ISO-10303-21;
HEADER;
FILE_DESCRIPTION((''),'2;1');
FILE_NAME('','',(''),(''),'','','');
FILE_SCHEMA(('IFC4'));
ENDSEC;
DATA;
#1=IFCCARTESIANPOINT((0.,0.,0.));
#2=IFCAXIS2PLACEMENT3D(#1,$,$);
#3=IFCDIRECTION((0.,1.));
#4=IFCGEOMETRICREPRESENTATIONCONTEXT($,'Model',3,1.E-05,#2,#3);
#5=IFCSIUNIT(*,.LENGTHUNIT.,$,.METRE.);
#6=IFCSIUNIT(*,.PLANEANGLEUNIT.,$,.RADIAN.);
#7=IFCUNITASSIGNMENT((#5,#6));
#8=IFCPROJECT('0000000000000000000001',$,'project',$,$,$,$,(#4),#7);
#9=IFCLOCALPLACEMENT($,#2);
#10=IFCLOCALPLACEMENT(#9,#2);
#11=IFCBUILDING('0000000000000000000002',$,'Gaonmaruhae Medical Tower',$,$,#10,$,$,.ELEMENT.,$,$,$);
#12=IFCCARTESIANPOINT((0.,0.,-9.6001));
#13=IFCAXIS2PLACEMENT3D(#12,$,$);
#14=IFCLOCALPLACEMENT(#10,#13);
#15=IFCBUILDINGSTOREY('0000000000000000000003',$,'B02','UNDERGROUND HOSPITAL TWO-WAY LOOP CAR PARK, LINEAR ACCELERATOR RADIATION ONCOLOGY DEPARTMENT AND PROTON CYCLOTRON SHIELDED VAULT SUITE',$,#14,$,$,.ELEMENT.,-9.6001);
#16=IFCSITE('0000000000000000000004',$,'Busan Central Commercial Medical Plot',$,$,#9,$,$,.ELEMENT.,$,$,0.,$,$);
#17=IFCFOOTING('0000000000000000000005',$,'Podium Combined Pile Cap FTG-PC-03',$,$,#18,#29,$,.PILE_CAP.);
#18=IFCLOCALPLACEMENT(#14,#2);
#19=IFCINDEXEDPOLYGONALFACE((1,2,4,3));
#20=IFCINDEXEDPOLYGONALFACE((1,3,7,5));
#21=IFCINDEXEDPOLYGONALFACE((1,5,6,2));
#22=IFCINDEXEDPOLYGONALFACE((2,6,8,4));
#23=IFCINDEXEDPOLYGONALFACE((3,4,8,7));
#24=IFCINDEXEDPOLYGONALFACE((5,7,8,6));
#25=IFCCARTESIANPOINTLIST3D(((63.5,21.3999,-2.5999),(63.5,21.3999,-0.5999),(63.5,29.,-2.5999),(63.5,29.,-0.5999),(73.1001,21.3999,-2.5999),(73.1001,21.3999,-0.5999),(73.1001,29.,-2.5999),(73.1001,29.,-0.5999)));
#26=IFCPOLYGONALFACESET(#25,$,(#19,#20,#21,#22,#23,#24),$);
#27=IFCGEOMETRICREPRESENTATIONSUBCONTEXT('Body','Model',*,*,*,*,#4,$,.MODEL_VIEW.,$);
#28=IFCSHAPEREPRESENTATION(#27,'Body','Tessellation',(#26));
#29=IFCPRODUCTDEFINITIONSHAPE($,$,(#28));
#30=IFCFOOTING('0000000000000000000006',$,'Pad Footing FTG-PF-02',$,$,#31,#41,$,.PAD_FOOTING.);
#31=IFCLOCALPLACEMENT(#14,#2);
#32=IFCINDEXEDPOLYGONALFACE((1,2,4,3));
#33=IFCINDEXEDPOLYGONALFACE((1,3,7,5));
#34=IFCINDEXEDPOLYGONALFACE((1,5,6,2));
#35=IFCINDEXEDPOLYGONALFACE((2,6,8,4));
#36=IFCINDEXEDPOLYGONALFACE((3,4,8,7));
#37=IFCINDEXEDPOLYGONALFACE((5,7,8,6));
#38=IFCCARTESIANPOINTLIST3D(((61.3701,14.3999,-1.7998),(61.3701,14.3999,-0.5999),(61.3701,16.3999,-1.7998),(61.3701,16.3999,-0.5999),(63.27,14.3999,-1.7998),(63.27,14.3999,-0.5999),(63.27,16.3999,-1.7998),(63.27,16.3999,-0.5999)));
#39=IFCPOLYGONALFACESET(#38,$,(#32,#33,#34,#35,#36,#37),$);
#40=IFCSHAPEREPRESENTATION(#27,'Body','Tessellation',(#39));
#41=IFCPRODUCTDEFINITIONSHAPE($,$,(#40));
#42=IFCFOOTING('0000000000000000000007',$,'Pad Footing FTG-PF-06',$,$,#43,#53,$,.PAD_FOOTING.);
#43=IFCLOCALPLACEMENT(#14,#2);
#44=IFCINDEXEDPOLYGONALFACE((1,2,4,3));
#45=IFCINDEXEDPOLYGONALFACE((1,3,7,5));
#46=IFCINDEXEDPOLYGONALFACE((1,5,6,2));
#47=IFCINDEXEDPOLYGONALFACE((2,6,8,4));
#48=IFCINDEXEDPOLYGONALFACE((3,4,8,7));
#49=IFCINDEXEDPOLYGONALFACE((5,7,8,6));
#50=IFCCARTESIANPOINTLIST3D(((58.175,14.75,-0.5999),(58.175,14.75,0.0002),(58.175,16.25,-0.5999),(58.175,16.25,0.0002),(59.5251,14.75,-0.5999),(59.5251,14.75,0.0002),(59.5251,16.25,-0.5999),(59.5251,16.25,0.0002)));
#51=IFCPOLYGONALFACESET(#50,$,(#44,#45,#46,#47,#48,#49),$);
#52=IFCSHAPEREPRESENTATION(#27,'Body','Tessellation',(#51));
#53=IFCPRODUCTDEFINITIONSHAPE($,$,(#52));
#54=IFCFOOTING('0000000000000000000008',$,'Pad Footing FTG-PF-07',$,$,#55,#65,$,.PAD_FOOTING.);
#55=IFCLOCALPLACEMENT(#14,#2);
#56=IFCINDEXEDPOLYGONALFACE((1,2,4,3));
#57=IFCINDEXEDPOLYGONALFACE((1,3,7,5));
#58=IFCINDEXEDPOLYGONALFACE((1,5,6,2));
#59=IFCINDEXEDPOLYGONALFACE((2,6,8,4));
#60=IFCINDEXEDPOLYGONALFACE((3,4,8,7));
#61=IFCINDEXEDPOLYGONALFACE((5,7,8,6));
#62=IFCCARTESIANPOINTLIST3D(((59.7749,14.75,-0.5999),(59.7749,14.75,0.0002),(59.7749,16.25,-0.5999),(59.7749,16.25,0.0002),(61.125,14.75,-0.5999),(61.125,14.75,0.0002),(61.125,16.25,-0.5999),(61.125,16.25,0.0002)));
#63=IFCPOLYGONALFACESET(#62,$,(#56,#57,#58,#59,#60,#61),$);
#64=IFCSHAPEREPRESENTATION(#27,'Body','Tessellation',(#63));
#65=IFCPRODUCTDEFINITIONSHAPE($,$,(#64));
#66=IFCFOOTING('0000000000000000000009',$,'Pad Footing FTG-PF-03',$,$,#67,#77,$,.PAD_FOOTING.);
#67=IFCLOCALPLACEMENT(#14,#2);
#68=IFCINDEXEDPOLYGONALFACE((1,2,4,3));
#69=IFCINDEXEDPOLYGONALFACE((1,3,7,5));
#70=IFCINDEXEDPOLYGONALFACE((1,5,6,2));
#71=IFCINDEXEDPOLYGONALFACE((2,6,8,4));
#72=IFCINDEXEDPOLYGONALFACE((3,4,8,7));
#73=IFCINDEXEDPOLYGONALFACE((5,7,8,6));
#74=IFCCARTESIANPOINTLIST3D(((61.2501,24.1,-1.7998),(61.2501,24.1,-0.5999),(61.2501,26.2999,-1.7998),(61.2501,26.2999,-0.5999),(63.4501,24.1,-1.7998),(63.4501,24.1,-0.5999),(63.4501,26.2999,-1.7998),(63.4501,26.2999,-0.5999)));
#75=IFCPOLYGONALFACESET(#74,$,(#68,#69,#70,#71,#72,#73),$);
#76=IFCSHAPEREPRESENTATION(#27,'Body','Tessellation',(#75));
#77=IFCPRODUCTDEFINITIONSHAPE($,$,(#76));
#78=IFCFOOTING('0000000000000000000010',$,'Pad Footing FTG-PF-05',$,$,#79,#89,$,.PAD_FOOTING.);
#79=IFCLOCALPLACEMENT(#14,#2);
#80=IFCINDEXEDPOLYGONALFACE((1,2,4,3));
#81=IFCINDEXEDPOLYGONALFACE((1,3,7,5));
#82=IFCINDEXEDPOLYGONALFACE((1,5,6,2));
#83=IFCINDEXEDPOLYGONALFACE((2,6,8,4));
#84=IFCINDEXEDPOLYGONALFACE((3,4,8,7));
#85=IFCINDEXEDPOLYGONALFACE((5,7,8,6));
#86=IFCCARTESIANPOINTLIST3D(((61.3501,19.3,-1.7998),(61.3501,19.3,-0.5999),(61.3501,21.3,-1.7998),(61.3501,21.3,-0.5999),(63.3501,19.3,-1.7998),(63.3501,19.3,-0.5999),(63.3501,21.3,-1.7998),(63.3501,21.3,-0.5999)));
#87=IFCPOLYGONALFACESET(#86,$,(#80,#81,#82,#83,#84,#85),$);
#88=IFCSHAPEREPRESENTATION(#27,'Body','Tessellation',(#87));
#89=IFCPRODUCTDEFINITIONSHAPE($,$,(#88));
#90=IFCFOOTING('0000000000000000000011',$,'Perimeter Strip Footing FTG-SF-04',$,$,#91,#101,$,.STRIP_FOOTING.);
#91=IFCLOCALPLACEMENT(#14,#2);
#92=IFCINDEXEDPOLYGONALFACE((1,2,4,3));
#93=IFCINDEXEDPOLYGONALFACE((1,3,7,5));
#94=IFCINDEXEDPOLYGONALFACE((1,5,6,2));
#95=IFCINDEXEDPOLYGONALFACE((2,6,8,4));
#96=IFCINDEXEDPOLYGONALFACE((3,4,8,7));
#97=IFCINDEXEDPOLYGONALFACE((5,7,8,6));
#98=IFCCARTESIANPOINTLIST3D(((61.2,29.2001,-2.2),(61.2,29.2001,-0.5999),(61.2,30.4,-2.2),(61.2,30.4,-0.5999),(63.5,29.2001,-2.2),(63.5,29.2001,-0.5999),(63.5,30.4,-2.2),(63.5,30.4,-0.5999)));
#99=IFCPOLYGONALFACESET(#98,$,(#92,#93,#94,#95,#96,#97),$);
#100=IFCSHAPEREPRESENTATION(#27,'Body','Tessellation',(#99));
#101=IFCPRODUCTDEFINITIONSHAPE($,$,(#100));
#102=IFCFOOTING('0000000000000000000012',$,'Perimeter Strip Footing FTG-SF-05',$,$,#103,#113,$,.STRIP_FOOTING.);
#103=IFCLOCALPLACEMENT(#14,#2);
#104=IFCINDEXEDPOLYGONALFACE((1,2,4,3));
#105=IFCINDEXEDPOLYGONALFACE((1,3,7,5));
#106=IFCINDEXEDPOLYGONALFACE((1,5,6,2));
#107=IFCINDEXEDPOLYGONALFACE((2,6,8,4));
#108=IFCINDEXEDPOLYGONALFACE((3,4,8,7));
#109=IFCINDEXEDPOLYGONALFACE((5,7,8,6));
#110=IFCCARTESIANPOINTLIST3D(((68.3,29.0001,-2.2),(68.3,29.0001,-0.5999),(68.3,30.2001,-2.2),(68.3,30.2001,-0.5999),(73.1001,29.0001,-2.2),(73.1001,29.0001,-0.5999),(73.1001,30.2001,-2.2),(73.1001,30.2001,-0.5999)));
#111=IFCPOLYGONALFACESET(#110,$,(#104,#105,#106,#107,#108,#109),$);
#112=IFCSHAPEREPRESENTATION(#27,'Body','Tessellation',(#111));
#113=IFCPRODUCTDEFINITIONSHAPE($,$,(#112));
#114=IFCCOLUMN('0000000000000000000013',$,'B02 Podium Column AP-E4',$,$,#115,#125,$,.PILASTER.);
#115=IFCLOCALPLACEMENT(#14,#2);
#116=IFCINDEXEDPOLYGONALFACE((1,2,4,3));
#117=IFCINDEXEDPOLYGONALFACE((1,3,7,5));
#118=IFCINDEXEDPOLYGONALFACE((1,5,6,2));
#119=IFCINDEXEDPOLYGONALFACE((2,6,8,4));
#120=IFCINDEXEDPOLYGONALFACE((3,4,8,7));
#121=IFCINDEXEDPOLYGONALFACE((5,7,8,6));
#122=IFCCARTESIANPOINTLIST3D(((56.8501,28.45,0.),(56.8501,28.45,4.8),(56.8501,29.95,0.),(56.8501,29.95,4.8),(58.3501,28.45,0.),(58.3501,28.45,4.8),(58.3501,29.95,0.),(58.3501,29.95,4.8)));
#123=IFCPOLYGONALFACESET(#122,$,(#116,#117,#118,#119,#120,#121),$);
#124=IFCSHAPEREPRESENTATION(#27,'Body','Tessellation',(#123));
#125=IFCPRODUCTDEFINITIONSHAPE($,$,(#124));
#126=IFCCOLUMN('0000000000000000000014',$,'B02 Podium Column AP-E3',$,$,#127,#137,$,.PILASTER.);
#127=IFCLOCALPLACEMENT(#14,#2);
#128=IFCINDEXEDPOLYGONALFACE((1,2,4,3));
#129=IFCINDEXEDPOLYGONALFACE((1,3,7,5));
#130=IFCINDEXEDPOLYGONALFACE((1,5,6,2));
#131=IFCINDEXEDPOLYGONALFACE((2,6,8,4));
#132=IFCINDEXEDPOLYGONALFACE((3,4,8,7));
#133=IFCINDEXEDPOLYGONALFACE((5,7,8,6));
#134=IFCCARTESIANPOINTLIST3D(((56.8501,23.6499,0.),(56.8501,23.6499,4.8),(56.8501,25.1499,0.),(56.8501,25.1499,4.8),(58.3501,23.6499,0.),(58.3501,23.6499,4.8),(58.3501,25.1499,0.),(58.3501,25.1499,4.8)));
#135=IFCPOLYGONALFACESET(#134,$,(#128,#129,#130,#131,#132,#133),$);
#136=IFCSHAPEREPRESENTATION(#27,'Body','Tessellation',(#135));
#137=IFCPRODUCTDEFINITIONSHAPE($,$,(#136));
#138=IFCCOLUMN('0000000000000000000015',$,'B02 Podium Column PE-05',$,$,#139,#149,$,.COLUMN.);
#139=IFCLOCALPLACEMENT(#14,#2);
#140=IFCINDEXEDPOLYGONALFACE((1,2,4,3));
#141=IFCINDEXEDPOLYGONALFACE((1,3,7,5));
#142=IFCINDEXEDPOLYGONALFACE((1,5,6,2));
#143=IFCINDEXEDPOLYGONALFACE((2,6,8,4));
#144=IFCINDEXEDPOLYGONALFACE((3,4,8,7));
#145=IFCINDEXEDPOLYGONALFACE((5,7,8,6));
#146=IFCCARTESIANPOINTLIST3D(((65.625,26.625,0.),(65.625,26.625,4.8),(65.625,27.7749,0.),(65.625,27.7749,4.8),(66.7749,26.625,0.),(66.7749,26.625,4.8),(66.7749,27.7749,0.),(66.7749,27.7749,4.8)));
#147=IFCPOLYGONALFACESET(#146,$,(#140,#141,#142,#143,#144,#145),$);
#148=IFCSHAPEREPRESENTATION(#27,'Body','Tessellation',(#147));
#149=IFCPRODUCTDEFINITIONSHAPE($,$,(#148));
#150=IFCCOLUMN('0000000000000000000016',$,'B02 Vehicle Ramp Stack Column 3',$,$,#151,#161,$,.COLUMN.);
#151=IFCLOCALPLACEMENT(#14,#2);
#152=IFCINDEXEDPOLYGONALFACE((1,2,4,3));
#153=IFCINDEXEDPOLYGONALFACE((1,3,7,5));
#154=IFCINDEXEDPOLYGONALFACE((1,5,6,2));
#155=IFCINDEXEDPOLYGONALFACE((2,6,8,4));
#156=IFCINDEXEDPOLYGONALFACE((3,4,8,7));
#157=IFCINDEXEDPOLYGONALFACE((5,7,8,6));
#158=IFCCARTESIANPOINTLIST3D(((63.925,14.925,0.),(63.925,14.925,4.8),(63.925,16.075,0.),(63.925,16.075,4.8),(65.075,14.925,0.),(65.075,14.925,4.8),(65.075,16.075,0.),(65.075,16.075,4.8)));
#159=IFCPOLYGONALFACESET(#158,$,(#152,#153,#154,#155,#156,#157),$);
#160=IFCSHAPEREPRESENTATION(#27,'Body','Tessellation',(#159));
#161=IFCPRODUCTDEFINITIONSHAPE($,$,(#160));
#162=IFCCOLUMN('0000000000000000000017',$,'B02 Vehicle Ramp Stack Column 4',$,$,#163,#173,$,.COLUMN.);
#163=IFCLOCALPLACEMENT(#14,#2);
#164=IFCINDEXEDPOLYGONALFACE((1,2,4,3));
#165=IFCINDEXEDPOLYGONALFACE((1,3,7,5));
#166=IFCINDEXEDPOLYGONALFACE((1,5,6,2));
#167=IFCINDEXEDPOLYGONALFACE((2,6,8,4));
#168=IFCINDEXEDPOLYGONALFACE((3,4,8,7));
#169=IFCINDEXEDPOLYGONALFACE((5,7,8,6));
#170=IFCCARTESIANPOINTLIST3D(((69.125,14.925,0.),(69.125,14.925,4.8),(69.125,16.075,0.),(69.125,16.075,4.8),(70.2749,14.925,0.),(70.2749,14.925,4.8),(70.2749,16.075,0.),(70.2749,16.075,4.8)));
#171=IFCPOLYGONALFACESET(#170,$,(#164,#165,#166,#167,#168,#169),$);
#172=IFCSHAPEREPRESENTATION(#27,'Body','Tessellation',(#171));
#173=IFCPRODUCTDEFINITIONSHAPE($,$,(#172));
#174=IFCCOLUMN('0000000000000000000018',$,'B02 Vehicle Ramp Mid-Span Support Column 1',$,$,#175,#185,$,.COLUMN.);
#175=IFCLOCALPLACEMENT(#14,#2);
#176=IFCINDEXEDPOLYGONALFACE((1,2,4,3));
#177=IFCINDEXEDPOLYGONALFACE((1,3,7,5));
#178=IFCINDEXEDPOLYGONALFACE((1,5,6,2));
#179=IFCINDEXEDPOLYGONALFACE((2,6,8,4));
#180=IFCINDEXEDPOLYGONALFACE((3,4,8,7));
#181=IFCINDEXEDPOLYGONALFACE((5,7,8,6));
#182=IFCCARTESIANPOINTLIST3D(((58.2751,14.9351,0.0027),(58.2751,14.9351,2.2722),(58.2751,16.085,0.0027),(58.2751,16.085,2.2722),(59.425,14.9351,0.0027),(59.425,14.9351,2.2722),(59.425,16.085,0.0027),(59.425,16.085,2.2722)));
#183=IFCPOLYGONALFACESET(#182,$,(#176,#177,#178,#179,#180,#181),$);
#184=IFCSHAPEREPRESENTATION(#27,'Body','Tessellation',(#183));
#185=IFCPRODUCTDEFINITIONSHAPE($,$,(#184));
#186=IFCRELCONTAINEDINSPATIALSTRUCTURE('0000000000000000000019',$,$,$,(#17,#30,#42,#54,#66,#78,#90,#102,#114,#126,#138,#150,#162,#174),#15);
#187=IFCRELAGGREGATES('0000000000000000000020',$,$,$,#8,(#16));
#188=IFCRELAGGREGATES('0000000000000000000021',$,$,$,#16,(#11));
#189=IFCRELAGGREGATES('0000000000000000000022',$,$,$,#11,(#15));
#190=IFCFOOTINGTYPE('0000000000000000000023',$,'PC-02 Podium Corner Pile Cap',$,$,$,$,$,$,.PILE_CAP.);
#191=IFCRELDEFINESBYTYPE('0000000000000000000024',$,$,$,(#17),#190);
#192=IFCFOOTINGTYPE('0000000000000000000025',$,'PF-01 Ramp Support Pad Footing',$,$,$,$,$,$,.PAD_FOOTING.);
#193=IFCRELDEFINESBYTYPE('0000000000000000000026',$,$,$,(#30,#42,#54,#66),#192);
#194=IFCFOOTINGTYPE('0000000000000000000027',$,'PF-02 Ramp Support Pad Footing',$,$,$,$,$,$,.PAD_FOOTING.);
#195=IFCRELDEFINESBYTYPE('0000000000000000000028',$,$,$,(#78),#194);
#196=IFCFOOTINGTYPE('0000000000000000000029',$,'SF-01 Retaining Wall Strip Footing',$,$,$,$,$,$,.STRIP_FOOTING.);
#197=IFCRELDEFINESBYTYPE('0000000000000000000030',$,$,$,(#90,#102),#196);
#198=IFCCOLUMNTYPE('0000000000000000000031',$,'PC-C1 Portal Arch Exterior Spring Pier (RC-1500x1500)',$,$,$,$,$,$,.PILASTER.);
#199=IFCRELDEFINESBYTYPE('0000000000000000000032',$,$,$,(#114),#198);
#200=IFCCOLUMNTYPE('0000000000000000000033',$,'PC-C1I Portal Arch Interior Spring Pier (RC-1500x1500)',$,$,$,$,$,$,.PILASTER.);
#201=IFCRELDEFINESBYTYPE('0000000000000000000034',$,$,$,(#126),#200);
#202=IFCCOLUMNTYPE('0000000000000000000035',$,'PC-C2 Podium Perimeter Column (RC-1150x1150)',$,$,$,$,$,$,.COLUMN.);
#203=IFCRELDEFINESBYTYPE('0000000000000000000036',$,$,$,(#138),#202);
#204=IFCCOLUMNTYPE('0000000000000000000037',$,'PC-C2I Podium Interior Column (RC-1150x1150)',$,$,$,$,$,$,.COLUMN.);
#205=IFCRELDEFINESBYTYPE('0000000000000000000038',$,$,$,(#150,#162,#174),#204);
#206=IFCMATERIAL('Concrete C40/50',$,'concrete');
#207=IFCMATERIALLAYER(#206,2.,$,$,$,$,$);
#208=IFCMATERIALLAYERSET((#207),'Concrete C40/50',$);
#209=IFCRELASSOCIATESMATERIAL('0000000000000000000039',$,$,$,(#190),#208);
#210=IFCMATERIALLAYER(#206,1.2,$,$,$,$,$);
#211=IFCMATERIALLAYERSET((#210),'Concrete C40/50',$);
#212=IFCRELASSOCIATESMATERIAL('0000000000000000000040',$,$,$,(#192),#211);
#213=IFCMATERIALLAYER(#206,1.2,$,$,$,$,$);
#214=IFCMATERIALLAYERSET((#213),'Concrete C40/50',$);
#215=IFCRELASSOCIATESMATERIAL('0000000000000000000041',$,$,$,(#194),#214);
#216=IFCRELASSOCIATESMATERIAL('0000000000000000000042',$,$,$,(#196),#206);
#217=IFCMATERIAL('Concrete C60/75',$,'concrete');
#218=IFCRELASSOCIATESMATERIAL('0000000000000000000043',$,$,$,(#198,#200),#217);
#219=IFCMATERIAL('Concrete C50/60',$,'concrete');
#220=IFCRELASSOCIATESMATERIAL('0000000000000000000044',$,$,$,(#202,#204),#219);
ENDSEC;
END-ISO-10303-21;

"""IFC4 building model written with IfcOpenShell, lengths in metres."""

from ifc_helpers import new_model, si_unit, direction, frame, origin, origin_2d, place, context, subcontext, project, spatial, rectangle, extrude, material, layer, layer_set, material_profile, profile_set, type_object, element, save


model = new_model("IFC4")

# Units and contexts
model_context = context("Model", 3, precision=1e-05, world=origin(), true_north=direction((0.0, 1.0)))
body_context = subcontext(model_context, "Body", "Model", "MODEL_VIEW")
ifc_project = project(units=[si_unit("LENGTHUNIT", "METRE"), si_unit("PLANEANGLEUNIT", "RADIAN")], contexts=[model_context])

# Site, building, storey
site_placement = place(None, origin())
site = spatial("IfcSite", under=ifc_project, at=site_placement, Name="Busan Central Commercial Medical Plot", CompositionType="ELEMENT", RefElevation=0.0)
building_placement = place(site_placement, origin())
building = spatial("IfcBuilding", under=site, at=building_placement, Name="Gaonmaruhae Medical Tower", CompositionType="ELEMENT")
storey_placement = place(building_placement, frame((0.0, 0.0, -9.6001)))
storey = spatial("IfcBuildingStorey", under=building, at=storey_placement, Name="B02", Description="UNDERGROUND HOSPITAL TWO-WAY LOOP CAR PARK, LINEAR ACCELERATOR RADIATION ONCOLOGY DEPARTMENT AND PROTON CYCLOTRON SHIELDED VAULT SUITE", CompositionType="ELEMENT", Elevation=-9.6001)

# Shared definitions
ifc_material_1 = material(Name="Concrete C50/60", Category="concrete")

# Footings
ifc_material_2 = material(Name="Concrete C40/50", Category="concrete")
ifc_layer_1 = layer(ifc_material_2, 2.0)
ifc_layer_set_1 = layer_set([ifc_layer_1], Name="Concrete C40/50")
footing_type_1 = type_object("IfcFootingType", Name="PC-02 Podium Corner Pile Cap", PredefinedType="PILE_CAP", material=ifc_layer_set_1)
footing_1_placement = place(storey_placement, frame((68.3, 25.2, -2.5999), z_axis=(0.0, 0.0, 1.0), x_axis=(1.0, 0.0, 0.0)))
element("IfcFooting", 1, at=footing_1_placement, inside=storey, type_object=footing_type_1, Name="Podium Combined Pile Cap FTG-PC-03", PredefinedType="PILE_CAP", context=body_context, shape_type="SweptSolid", body=[
    extrude(rectangle(XDim=9.6001, YDim=7.6001, at=origin_2d()), origin(), (0.0, 0.0, 1.0), 2.0),
])
ifc_layer_2 = layer(ifc_material_2, 1.2)
ifc_layer_set_2 = layer_set([ifc_layer_2], Name="Concrete C40/50")
footing_type_2 = type_object("IfcFootingType", Name="PF-01 Ramp Support Pad Footing", PredefinedType="PAD_FOOTING", material=ifc_layer_set_2)
footing_2_placement = place(storey_placement, frame((62.3201, 15.3999, -1.7998), z_axis=(0.0, 0.0, 1.0), x_axis=(1.0, 0.0, 0.0)))
element("IfcFooting", 2, at=footing_2_placement, inside=storey, type_object=footing_type_2, Name="Pad Footing FTG-PF-02", PredefinedType="PAD_FOOTING", context=body_context, shape_type="SweptSolid", body=[
    extrude(rectangle(XDim=1.8999, YDim=2.0, at=origin_2d()), origin(), (0.0, 0.0, 1.0), 1.2),
])
for number, where, z_axis, x_axis, name in (
    (3, (58.8501, 15.5, -0.5999), (0.0, 0.0, 1.0), (1.0, 0.0, 0.0), "Pad Footing FTG-PF-06"),
    (4, (60.45, 15.5, -0.5999), (0.0, 0.0, 1.0), (1.0, 0.0, 0.0), "Pad Footing FTG-PF-07"),
):
    element("IfcFooting", number, at=place(storey_placement, frame(where, z_axis=z_axis, x_axis=x_axis)), inside=storey, type_object=footing_type_2, Name=name, PredefinedType="PAD_FOOTING", context=body_context, shape_type="SweptSolid", body=[
        extrude(rectangle(XDim=1.3501, YDim=1.5, at=origin_2d()), origin(), (0.0, 0.0, 1.0), 0.6001),
    ])
footing_3_placement = place(storey_placement, frame((62.3501, 25.2, -1.7998), z_axis=(0.0, 0.0, 1.0), x_axis=(1.0, 0.0, 0.0)))
element("IfcFooting", 5, at=footing_3_placement, inside=storey, type_object=footing_type_2, Name="Pad Footing FTG-PF-03", PredefinedType="PAD_FOOTING", context=body_context, shape_type="SweptSolid", body=[
    extrude(rectangle(XDim=2.2, YDim=2.2, at=origin_2d()), origin(), (0.0, 0.0, 1.0), 1.2),
])
ifc_layer_3 = layer(ifc_material_2, 1.2)
ifc_layer_set_3 = layer_set([ifc_layer_3], Name="Concrete C40/50")
footing_type_3 = type_object("IfcFootingType", Name="PF-02 Ramp Support Pad Footing", PredefinedType="PAD_FOOTING", material=ifc_layer_set_3)
footing_4_placement = place(storey_placement, frame((62.3501, 20.3, -1.7998), z_axis=(0.0, 0.0, 1.0), x_axis=(1.0, 0.0, 0.0)))
element("IfcFooting", 6, at=footing_4_placement, inside=storey, type_object=footing_type_3, Name="Pad Footing FTG-PF-05", PredefinedType="PAD_FOOTING", context=body_context, shape_type="SweptSolid", body=[
    extrude(rectangle(XDim=2.0, YDim=2.0, at=origin_2d()), origin(), (0.0, 0.0, 1.0), 1.2),
])
ifc_material_profile_1 = material_profile(ifc_material_2, rectangle(XDim=1.2, YDim=1.6001, at=origin_2d()), Name="TG-1200x1600")
ifc_profile_set_1 = profile_set([ifc_material_profile_1], Name="Concrete C40/50")
footing_type_4 = type_object("IfcFootingType", Name="SF-01 Retaining Wall Strip Footing", PredefinedType="STRIP_FOOTING", material=ifc_profile_set_1)
footing_5_placement = place(storey_placement, frame((61.2, 29.8, -1.3999), z_axis=(1.0, 0.0, 0.0), x_axis=(0.0, 1.0, 0.0)))
element("IfcFooting", 7, at=footing_5_placement, inside=storey, type_object=footing_type_4, Name="Perimeter Strip Footing FTG-SF-04", PredefinedType="STRIP_FOOTING", context=body_context, shape_type="SweptSolid", body=[
    extrude(rectangle(XDim=1.2, YDim=1.6001, at=origin_2d()), origin(), (0.0, 0.0, 1.0), 2.3),
])
footing_6_placement = place(storey_placement, frame((68.3, 29.6001, -1.3999), z_axis=(1.0, 0.0, 0.0), x_axis=(0.0, 1.0, 0.0)))
element("IfcFooting", 8, at=footing_6_placement, inside=storey, type_object=footing_type_4, Name="Perimeter Strip Footing FTG-SF-05", PredefinedType="STRIP_FOOTING", context=body_context, shape_type="SweptSolid", body=[
    extrude(rectangle(XDim=1.2, YDim=1.6001, at=origin_2d()), origin(), (0.0, 0.0, 1.0), 4.8),
])

# Columns
ifc_material_3 = material(Name="Concrete C60/75", Category="concrete")
ifc_material_profile_2 = material_profile(ifc_material_3, rectangle(XDim=1.5, YDim=1.5, at=origin_2d()), Name="RC-1500x1500")
ifc_profile_set_2 = profile_set([ifc_material_profile_2], Name="Concrete C60/75")
column_type_1 = type_object("IfcColumnType", Name="PC-C1 Portal Arch Exterior Spring Pier (RC-1500x1500)", PredefinedType="PILASTER", material=ifc_profile_set_2)
column_1_placement = place(storey_placement, frame((57.6001, 29.2, 0.0), z_axis=(0.0, 0.0, 1.0), x_axis=(1.0, 0.0, 0.0)))
element("IfcColumn", 9, at=column_1_placement, inside=storey, type_object=column_type_1, Name="B02 Podium Column AP-E4", PredefinedType="PILASTER", context=body_context, shape_type="SweptSolid", body=[
    extrude(rectangle(XDim=1.5, YDim=1.5, at=origin_2d()), origin(), (0.0, 0.0, 1.0), 4.8),
])
ifc_material_profile_3 = material_profile(ifc_material_3, rectangle(XDim=1.5, YDim=1.5, at=origin_2d()), Name="RC-1500x1500")
ifc_profile_set_3 = profile_set([ifc_material_profile_3], Name="Concrete C60/75")
column_type_2 = type_object("IfcColumnType", Name="PC-C1I Portal Arch Interior Spring Pier (RC-1500x1500)", PredefinedType="PILASTER", material=ifc_profile_set_3)
column_2_placement = place(storey_placement, frame((57.6001, 24.3999, 0.0), z_axis=(0.0, 0.0, 1.0), x_axis=(1.0, 0.0, 0.0)))
element("IfcColumn", 10, at=column_2_placement, inside=storey, type_object=column_type_2, Name="B02 Podium Column AP-E3", PredefinedType="PILASTER", context=body_context, shape_type="SweptSolid", body=[
    extrude(rectangle(XDim=1.5, YDim=1.5, at=origin_2d()), origin(), (0.0, 0.0, 1.0), 4.8),
])
ifc_material_profile_4 = material_profile(ifc_material_1, rectangle(XDim=1.1499, YDim=1.1499, at=origin_2d()), Name="RC-1150x1150")
ifc_profile_set_4 = profile_set([ifc_material_profile_4], Name="Concrete C50/60")
column_type_3 = type_object("IfcColumnType", Name="PC-C2 Podium Perimeter Column (RC-1150x1150)", PredefinedType="COLUMN", material=ifc_profile_set_4)
column_3_placement = place(storey_placement, frame((66.2, 27.2, 0.0), z_axis=(0.0, 0.0, 1.0), x_axis=(1.0, 0.0, 0.0)))
element("IfcColumn", 11, at=column_3_placement, inside=storey, type_object=column_type_3, Name="B02 Podium Column PE-05", PredefinedType="COLUMN", context=body_context, shape_type="SweptSolid", body=[
    extrude(rectangle(XDim=1.1499, YDim=1.1499, at=origin_2d()), origin(), (0.0, 0.0, 1.0), 4.8),
])
ifc_material_profile_5 = material_profile(ifc_material_1, rectangle(XDim=1.1499, YDim=1.1499, at=origin_2d()), Name="RC-1150x1150")
ifc_profile_set_5 = profile_set([ifc_material_profile_5], Name="Concrete C50/60")
column_type_4 = type_object("IfcColumnType", Name="PC-C2I Podium Interior Column (RC-1150x1150)", PredefinedType="COLUMN", material=ifc_profile_set_5)
for number, where, z_axis, x_axis, name in (
    (12, (64.5, 15.5, 0.0), (0.0, 0.0, 1.0), (1.0, 0.0, 0.0), "B02 Vehicle Ramp Stack Column 3"),
    (13, (69.7, 15.5, 0.0), (0.0, 0.0, 1.0), (1.0, 0.0, 0.0), "B02 Vehicle Ramp Stack Column 4"),
):
    element("IfcColumn", number, at=place(storey_placement, frame(where, z_axis=z_axis, x_axis=x_axis)), inside=storey, type_object=column_type_4, Name=name, PredefinedType="COLUMN", context=body_context, shape_type="SweptSolid", body=[
        extrude(rectangle(XDim=1.1499, YDim=1.1499, at=origin_2d()), origin(), (0.0, 0.0, 1.0), 4.8),
    ])
for number, where, z_axis, x_axis, name in (
    (14, (58.8501, 15.51, 0.0027), (0.0, 0.0, 1.0), (1.0, 0.0, 0.0), "B02 Vehicle Ramp Mid-Span Support Column 1"),
):
    element("IfcColumn", number, at=place(storey_placement, frame(where, z_axis=z_axis, x_axis=x_axis)), inside=storey, type_object=column_type_4, Name=name, PredefinedType="COLUMN", context=body_context, shape_type="SweptSolid", body=[
        extrude(rectangle(XDim=1.1499, YDim=1.1499, at=origin_2d()), origin(), (0.0, 0.0, 1.0), 2.2695),
    ])

save(model, "model.ifc")
